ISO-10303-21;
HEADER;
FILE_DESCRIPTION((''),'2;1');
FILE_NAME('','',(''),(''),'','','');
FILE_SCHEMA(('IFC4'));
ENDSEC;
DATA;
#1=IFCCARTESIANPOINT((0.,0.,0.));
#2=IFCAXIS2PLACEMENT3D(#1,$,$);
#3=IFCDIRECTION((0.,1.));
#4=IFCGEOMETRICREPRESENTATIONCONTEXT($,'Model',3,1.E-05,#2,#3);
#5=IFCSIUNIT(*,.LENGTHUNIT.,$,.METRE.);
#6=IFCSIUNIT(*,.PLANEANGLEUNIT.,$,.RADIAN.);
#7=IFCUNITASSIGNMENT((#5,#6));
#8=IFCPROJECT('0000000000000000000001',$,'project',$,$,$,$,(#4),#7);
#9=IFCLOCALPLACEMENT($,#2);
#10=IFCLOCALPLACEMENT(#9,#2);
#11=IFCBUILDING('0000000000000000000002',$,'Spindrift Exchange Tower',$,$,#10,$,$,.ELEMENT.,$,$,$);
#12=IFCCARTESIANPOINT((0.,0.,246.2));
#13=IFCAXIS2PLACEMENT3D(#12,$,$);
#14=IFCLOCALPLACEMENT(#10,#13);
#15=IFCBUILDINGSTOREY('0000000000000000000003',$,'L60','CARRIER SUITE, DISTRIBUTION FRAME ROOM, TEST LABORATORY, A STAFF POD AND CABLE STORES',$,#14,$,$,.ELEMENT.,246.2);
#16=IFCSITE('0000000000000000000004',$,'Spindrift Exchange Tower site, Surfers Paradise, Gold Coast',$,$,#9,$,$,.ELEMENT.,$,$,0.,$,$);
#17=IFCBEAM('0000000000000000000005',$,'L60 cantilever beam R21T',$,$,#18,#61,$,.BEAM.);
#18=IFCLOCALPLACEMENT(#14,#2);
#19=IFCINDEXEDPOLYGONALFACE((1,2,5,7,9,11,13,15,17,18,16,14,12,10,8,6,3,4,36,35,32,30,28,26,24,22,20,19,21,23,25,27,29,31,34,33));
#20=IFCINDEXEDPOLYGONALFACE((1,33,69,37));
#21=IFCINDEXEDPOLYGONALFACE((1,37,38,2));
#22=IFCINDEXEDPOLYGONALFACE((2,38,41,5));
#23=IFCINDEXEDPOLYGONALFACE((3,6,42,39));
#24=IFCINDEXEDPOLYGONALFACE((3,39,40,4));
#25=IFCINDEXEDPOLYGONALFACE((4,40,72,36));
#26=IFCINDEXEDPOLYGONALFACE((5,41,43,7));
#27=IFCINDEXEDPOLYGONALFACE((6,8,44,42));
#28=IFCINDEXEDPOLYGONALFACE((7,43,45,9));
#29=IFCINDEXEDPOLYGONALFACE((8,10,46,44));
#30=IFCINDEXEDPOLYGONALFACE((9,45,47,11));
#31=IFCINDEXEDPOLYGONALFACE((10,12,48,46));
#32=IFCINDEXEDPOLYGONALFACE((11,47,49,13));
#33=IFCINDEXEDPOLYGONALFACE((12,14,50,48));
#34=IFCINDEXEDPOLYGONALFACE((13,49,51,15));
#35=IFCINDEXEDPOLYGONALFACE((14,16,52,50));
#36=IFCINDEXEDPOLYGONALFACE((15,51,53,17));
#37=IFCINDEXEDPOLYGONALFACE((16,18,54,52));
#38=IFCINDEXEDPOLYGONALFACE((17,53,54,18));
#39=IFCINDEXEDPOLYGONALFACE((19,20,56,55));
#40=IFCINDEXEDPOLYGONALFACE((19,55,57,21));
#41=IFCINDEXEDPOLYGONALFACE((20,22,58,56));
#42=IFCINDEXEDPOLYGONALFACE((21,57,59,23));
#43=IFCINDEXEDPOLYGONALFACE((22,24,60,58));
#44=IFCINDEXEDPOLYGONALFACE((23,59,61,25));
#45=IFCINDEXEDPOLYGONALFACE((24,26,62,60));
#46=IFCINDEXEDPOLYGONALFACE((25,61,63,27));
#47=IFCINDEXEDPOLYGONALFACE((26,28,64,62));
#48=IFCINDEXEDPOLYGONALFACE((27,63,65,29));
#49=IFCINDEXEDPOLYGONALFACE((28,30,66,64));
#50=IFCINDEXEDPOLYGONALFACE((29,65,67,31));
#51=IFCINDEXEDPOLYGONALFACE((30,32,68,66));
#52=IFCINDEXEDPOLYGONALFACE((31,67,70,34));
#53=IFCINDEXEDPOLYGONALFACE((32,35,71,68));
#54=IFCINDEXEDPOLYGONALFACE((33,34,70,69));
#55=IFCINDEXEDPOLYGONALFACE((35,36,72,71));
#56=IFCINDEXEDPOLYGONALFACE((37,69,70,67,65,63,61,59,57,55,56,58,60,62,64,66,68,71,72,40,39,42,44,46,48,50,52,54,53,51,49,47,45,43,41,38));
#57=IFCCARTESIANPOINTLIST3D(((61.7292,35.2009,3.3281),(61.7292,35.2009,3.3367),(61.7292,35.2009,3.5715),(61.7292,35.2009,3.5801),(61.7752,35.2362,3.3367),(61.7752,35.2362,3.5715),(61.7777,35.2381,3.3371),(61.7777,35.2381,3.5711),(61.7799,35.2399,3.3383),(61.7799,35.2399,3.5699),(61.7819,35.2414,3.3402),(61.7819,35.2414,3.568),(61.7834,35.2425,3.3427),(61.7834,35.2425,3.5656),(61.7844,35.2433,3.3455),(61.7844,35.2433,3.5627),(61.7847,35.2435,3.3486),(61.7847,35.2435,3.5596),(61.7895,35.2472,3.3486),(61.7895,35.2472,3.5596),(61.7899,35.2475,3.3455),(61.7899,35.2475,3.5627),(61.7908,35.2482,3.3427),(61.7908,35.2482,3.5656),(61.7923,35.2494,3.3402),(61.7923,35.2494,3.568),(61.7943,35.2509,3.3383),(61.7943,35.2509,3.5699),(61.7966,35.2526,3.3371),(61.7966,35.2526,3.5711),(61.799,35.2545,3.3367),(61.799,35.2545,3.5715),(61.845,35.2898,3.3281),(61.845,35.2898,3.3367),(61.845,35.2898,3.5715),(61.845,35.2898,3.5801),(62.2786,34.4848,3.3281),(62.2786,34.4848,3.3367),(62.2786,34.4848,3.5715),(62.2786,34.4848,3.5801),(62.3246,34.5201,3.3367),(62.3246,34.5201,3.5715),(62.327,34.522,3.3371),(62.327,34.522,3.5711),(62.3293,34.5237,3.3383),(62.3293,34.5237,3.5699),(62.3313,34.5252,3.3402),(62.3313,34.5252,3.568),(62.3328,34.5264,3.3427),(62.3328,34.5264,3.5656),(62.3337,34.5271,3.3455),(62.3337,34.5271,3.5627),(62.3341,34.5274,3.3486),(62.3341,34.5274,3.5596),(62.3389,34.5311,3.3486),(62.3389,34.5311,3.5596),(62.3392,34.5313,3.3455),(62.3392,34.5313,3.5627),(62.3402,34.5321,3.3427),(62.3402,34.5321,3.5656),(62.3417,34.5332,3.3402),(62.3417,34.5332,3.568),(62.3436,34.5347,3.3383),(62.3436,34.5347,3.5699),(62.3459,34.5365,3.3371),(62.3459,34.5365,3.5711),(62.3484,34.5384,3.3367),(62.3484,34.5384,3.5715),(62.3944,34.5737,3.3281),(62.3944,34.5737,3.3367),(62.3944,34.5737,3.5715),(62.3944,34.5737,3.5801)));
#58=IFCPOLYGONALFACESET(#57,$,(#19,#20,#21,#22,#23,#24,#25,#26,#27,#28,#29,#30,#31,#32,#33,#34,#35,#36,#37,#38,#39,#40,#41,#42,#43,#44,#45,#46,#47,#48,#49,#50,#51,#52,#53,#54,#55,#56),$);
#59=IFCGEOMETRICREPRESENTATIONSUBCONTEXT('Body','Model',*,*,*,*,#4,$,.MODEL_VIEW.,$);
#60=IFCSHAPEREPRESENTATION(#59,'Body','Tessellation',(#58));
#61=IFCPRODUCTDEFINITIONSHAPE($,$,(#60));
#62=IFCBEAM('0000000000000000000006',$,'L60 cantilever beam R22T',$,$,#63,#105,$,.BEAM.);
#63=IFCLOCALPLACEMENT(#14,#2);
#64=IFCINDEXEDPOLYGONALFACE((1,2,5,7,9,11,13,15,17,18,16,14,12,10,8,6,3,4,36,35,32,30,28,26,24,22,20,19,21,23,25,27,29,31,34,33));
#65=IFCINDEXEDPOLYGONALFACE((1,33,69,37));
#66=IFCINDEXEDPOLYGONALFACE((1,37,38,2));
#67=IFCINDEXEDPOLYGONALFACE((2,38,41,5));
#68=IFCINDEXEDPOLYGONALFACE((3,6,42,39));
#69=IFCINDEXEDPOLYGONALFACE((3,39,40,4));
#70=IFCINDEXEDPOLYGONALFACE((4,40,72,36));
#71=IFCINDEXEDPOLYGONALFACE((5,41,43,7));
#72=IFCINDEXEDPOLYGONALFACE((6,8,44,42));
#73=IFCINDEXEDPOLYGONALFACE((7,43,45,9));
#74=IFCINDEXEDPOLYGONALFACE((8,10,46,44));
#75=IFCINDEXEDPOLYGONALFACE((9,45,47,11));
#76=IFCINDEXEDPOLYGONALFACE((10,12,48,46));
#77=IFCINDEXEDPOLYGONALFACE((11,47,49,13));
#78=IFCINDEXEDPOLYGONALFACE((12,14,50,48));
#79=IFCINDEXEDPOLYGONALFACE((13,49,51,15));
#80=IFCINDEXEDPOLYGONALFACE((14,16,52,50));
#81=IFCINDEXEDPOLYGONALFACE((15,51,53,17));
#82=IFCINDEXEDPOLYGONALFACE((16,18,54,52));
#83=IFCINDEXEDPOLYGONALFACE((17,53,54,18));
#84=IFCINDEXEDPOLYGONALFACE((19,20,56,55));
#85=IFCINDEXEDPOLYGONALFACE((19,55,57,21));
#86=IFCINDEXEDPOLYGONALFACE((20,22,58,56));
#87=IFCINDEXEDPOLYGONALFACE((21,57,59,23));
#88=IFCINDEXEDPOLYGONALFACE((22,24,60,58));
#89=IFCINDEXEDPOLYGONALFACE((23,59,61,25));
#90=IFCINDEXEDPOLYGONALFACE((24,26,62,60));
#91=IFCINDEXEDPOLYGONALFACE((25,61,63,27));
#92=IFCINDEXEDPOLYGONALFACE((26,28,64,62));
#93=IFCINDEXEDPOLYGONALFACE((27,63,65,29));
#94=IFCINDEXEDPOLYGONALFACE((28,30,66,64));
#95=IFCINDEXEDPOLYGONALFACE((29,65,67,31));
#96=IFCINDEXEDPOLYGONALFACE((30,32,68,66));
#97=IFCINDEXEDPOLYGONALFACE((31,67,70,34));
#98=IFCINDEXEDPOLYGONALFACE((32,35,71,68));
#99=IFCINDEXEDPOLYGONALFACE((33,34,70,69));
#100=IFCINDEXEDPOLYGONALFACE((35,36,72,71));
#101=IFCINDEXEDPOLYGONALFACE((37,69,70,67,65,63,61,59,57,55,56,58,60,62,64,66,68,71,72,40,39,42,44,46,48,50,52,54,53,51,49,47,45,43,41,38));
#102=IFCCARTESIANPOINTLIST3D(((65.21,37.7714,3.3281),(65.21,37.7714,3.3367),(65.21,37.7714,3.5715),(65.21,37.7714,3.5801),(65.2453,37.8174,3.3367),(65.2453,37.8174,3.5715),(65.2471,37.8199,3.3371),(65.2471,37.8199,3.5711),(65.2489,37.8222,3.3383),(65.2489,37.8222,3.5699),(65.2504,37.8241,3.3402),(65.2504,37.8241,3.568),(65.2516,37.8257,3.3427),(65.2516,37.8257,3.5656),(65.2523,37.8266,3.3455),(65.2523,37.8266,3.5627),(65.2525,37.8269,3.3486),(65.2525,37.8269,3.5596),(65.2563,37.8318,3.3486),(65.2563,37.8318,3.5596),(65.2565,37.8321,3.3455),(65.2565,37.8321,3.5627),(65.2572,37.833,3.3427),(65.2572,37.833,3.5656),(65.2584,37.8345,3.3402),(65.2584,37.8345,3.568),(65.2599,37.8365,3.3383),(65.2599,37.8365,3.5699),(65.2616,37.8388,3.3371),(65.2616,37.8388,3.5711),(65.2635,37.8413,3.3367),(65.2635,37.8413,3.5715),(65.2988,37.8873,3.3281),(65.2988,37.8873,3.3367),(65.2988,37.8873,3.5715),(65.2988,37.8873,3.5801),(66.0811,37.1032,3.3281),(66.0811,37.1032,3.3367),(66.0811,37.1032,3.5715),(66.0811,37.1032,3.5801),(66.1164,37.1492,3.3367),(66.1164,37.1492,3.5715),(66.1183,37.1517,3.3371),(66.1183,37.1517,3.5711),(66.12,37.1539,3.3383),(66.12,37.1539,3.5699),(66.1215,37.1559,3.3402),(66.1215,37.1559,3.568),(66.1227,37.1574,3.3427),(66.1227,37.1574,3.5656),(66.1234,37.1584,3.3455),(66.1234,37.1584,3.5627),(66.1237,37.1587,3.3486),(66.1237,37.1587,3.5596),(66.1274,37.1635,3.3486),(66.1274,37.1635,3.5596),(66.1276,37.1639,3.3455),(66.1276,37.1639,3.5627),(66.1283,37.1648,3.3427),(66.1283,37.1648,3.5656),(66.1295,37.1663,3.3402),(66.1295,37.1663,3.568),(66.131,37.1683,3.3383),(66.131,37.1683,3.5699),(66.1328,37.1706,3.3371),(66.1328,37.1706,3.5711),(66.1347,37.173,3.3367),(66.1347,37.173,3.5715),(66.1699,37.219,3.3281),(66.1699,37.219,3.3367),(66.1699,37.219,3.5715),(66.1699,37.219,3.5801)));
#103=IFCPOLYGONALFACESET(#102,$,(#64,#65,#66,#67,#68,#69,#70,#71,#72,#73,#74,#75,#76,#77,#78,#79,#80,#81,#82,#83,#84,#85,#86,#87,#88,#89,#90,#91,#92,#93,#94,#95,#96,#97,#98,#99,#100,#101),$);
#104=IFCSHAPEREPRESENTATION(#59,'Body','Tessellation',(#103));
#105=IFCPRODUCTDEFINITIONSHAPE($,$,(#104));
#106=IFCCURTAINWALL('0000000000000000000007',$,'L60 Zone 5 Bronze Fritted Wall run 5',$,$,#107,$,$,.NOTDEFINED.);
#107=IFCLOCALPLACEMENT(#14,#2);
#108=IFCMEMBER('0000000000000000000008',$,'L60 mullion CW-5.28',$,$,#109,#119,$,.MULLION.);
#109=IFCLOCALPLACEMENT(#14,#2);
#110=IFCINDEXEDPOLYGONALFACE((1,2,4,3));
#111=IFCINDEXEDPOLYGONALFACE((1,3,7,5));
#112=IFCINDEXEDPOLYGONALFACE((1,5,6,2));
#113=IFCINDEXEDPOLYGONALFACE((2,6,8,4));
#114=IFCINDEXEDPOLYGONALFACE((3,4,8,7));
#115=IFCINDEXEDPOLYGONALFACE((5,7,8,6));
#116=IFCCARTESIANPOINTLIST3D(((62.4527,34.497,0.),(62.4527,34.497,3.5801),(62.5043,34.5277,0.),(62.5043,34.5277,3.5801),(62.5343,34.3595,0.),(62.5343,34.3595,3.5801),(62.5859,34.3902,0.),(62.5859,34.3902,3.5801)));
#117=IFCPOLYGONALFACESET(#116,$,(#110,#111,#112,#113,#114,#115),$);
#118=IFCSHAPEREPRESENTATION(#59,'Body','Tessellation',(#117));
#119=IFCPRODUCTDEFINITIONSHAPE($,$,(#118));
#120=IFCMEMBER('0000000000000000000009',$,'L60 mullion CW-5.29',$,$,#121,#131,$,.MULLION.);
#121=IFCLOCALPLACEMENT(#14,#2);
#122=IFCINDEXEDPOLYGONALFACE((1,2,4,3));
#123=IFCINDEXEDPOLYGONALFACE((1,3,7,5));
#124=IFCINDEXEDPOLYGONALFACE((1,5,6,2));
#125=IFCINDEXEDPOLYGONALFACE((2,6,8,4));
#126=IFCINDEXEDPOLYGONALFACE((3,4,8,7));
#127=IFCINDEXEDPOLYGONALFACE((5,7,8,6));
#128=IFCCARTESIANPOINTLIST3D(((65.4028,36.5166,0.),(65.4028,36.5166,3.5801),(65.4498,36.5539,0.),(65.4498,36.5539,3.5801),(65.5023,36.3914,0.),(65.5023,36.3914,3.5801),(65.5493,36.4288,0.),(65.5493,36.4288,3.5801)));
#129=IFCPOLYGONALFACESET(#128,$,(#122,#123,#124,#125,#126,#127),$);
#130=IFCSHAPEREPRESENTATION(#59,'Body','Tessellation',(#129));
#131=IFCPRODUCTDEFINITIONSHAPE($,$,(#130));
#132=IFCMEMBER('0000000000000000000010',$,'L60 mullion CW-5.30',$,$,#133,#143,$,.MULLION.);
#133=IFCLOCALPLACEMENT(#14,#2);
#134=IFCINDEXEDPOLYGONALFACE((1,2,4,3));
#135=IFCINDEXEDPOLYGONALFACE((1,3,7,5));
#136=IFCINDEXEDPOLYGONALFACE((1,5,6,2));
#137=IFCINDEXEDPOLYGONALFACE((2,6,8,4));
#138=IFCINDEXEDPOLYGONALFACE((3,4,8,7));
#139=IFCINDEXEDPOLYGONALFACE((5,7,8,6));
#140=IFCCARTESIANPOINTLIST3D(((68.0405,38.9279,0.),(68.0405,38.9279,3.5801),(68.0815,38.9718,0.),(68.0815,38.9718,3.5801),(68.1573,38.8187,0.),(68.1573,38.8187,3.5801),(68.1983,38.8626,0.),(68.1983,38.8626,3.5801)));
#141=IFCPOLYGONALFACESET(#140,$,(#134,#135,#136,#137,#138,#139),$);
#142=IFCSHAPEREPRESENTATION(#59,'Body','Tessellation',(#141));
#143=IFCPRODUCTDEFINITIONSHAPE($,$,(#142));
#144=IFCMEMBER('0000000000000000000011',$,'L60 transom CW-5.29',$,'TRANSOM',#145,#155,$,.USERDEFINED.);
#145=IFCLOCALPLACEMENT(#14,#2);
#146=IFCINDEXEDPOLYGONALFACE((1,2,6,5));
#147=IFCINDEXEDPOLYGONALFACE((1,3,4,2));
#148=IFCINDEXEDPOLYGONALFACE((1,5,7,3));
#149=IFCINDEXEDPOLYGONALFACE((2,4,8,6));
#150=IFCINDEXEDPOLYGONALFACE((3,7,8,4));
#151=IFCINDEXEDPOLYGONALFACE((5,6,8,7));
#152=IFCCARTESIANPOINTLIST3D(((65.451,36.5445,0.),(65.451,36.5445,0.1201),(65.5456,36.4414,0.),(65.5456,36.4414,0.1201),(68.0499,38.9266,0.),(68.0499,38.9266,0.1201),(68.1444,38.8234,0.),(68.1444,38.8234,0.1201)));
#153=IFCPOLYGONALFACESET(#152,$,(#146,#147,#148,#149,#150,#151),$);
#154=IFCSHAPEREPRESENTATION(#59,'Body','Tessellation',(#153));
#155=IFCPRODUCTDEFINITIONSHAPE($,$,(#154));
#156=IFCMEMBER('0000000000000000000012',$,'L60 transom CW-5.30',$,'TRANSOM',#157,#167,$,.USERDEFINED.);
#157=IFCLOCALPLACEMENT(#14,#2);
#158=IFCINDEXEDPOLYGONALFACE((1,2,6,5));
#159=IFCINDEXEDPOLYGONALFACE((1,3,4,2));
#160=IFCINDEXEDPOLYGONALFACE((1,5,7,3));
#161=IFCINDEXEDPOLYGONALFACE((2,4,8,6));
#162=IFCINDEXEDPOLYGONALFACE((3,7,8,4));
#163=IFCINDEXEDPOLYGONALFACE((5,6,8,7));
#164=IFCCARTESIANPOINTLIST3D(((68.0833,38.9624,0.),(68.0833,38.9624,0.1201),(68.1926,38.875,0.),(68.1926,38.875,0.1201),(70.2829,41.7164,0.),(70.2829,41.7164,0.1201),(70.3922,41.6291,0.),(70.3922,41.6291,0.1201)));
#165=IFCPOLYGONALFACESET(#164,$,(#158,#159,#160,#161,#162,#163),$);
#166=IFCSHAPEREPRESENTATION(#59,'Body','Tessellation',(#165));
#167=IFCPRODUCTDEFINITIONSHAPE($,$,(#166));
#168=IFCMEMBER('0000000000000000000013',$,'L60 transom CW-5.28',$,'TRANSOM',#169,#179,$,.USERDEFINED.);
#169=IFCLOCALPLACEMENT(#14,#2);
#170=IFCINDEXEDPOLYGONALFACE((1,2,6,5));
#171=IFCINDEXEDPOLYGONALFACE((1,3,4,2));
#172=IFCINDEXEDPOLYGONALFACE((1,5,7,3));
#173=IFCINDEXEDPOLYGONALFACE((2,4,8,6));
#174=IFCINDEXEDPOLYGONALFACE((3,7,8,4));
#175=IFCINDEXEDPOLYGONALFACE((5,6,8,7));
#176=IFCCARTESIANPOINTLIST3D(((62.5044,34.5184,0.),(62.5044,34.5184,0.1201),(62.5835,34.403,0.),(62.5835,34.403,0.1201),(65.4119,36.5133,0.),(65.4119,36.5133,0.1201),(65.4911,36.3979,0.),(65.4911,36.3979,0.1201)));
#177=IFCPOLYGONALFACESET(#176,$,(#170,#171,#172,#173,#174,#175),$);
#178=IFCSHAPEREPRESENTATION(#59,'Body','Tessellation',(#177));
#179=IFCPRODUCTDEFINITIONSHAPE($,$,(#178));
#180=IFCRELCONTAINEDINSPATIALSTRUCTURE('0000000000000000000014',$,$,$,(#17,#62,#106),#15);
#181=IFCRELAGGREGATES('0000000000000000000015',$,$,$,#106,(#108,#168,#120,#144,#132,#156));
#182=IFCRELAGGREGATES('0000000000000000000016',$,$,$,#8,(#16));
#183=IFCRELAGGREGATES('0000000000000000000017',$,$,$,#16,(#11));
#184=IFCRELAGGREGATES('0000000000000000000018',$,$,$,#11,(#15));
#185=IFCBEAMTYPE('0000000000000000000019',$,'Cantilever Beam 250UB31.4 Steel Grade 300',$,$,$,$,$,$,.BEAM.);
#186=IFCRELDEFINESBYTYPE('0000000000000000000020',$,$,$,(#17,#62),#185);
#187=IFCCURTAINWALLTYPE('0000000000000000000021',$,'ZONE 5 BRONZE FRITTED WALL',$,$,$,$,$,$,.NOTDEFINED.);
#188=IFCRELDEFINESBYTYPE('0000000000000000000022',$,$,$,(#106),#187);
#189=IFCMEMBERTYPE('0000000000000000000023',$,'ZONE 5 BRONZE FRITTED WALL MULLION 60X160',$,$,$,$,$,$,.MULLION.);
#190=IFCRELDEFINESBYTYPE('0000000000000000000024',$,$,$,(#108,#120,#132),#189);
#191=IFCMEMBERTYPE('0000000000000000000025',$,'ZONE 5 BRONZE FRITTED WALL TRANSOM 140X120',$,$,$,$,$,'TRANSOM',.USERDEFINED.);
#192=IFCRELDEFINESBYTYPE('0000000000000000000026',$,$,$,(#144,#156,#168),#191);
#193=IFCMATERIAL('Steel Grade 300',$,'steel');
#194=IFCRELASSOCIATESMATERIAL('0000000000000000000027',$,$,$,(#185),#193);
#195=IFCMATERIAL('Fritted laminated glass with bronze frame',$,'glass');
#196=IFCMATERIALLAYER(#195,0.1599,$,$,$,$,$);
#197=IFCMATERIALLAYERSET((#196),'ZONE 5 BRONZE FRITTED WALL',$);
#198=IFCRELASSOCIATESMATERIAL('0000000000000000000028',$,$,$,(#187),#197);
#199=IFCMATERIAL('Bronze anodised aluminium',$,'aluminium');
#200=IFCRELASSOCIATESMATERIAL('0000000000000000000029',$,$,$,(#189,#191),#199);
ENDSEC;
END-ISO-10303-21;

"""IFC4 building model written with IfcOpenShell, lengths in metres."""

from ifc_helpers import new_model, si_unit, direction, frame, origin, origin_2d, place, context, subcontext, project, spatial, rectangle, i_section, extrude, source, transform, mapped, material, layer, layer_set, material_profile, profile_set, type_object, element, aggregate, save


model = new_model("IFC4")

# Units and contexts
model_context = context("Model", 3, precision=1e-05, world=origin(), true_north=direction((0.0, 1.0)))
body_context = subcontext(model_context, "Body", "Model", "MODEL_VIEW")
ifc_project = project(units=[si_unit("LENGTHUNIT", "METRE"), si_unit("PLANEANGLEUNIT", "RADIAN")], contexts=[model_context])

# Site, building, storey
site_placement = place(None, origin())
site = spatial("IfcSite", under=ifc_project, at=site_placement, Name="Spindrift Exchange Tower site, Surfers Paradise, Gold Coast", CompositionType="ELEMENT", RefElevation=0.0)
building_placement = place(site_placement, origin())
building = spatial("IfcBuilding", under=site, at=building_placement, Name="Spindrift Exchange Tower", CompositionType="ELEMENT")
storey_placement = place(building_placement, frame((0.0, 0.0, 246.2)))
storey = spatial("IfcBuildingStorey", under=building, at=storey_placement, Name="L60", Description="CARRIER SUITE, DISTRIBUTION FRAME ROOM, TEST LABORATORY, A STAFF POD AND CABLE STORES", CompositionType="ELEMENT", Elevation=246.2)

# Beams
ifc_material_1 = material(Name="Steel Grade 300", Category="steel")
ifc_material_profile_1 = material_profile(ifc_material_1, i_section(OverallWidth=0.146, OverallDepth=0.252, WebThickness=0.0061, FlangeThickness=0.0085, FilletRadius=0.012, at=origin_2d()), Name="250UB31.4")
ifc_profile_set_1 = profile_set([ifc_material_profile_1], Name="Steel Grade 300")
beam_type_1 = type_object("IfcBeamType", Name="Cantilever Beam 250UB31.4 Steel Grade 300", PredefinedType="BEAM", material=ifc_profile_set_1)
shared_shape_1 = source(origin(), body_context, "Body", "SweptSolid", [
    extrude(i_section(OverallWidth=0.146, OverallDepth=0.252, WebThickness=0.0061, FlangeThickness=0.0085, FilletRadius=0.012, at=origin_2d()), origin(), (0.0, 0.0, 1.0), 0.9026),
])
beam_1_placement = place(storey_placement, frame((61.7871, 35.2454, 3.4541), z_axis=(0.608664, -0.793428, 0.0), x_axis=(0.793428, 0.608664, 0.0)))
element("IfcBeam", 1, at=beam_1_placement, inside=storey, type_object=beam_type_1, Name="L60 cantilever beam R21T", PredefinedType="BEAM", context=body_context, shape_type="MappedRepresentation", body=[
    mapped(shared_shape_1, transform((0.0, 0.0, 0.0), scale=1.0)),
])
shared_shape_2 = source(origin(), body_context, "Body", "SweptSolid", [
    extrude(i_section(OverallWidth=0.146, OverallDepth=0.252, WebThickness=0.0061, FlangeThickness=0.0085, FilletRadius=0.012, at=origin_2d()), origin(), (0.0, 0.0, 1.0), 1.0979),
])
beam_2_placement = place(storey_placement, frame((65.2544, 37.8293, 3.4541), z_axis=(0.793442, -0.608646, 0.0), x_axis=(0.608646, 0.793442, 0.0)))
element("IfcBeam", 2, at=beam_2_placement, inside=storey, type_object=beam_type_1, Name="L60 cantilever beam R22T", PredefinedType="BEAM", context=body_context, shape_type="MappedRepresentation", body=[
    mapped(shared_shape_2, transform((0.0, 0.0, 0.0), scale=1.0)),
])

# Curtain wall, members
ifc_material_2 = material(Name="Fritted laminated glass with bronze frame", Category="glass")
ifc_layer_1 = layer(ifc_material_2, 0.1599)
ifc_layer_set_1 = layer_set([ifc_layer_1], Name="ZONE 5 BRONZE FRITTED WALL")
curtain_wall_type = type_object("IfcCurtainWallType", Name="ZONE 5 BRONZE FRITTED WALL", PredefinedType="NOTDEFINED", material=ifc_layer_set_1)
curtain_wall_placement = place(storey_placement, origin())
curtain_wall = element("IfcCurtainWall", 3, at=curtain_wall_placement, inside=storey, type_object=curtain_wall_type, Name="L60 Zone 5 Bronze Fritted Wall run 5", PredefinedType="NOTDEFINED")
ifc_material_3 = material(Name="Bronze anodised aluminium", Category="aluminium")
ifc_material_profile_2 = material_profile(ifc_material_3, rectangle(XDim=0.0601, YDim=0.1599, at=origin_2d()), Name="ZONE 5 BRONZE FRITTED WALL MULLION 60X160")
ifc_profile_set_2 = profile_set([ifc_material_profile_2], Name="Bronze anodised aluminium")
member_type_1 = type_object("IfcMemberType", Name="ZONE 5 BRONZE FRITTED WALL MULLION 60X160", PredefinedType="MULLION", material=ifc_profile_set_2)
shared_shape_3 = source(origin(), body_context, "Body", "SweptSolid", [
    extrude(rectangle(XDim=0.0601, YDim=0.1599, at=origin_2d()), origin(), (0.0, 0.0, 1.0), 3.5801),
])
member_1_placement = place(storey_placement, frame((62.5193, 34.4436, 0.0), z_axis=(0.0, 0.0, 1.0), x_axis=(0.859912, 0.510442, 0.0)))
member_1 = element("IfcMember", 4, at=member_1_placement, type_object=member_type_1, Name="L60 mullion CW-5.28", PredefinedType="MULLION", context=body_context, shape_type="MappedRepresentation", body=[
    mapped(shared_shape_3, transform((0.0, 0.0, 0.0), scale=1.0)),
])
member_2_placement = place(storey_placement, frame((65.4761, 36.4727, 0.0), z_axis=(0.0, 0.0, 1.0), x_axis=(0.782792, 0.622284, 0.0)))
member_2 = element("IfcMember", 5, at=member_2_placement, type_object=member_type_1, Name="L60 mullion CW-5.29", PredefinedType="MULLION", context=body_context, shape_type="MappedRepresentation", body=[
    mapped(shared_shape_3, transform((0.0, 0.0, 0.0), scale=1.0)),
])
member_3_placement = place(storey_placement, frame((68.1194, 38.8953, 0.0), z_axis=(0.0, 0.0, 1.0), x_axis=(0.682674, 0.730723, 0.0)))
member_3 = element("IfcMember", 6, at=member_3_placement, type_object=member_type_1, Name="L60 mullion CW-5.30", PredefinedType="MULLION", context=body_context, shape_type="MappedRepresentation", body=[
    mapped(shared_shape_3, transform((0.0, 0.0, 0.0), scale=1.0)),
])
ifc_material_profile_3 = material_profile(ifc_material_3, rectangle(XDim=0.1399, YDim=0.1201, at=origin_2d()), Name="ZONE 5 BRONZE FRITTED WALL TRANSOM 140X120")
ifc_profile_set_3 = profile_set([ifc_material_profile_3], Name="Bronze anodised aluminium")
member_type_2 = type_object("IfcMemberType", Name="ZONE 5 BRONZE FRITTED WALL TRANSOM 140X120", ElementType="TRANSOM", PredefinedType="USERDEFINED", material=ifc_profile_set_3)
shared_shape_4 = source(origin(), body_context, "Body", "SweptSolid", [
    extrude(rectangle(XDim=0.1399, YDim=0.1201, at=origin_2d()), origin(), (0.0, 0.0, 1.0), 3.5254),
])
member_4_placement = place(storey_placement, frame((65.4983, 36.4929, 0.0601), z_axis=(0.737186, 0.67569, 0.0), x_axis=(-0.67569, 0.737186, 0.0)))
member_4 = element("IfcMember", 7, at=member_4_placement, type_object=member_type_2, Name="L60 transom CW-5.29", ObjectType="TRANSOM", PredefinedType="USERDEFINED", context=body_context, shape_type="MappedRepresentation", body=[
    mapped(shared_shape_4, transform((0.0, 0.0, 0.0), scale=1.0)),
])
shared_shape_5 = source(origin(), body_context, "Body", "SweptSolid", [
    extrude(rectangle(XDim=0.1399, YDim=0.1201, at=origin_2d()), origin(), (0.0, 0.0, 1.0), 3.5247),
])
member_5_placement = place(storey_placement, frame((68.1379, 38.9187, 0.0601), z_axis=(0.62407, 0.781369, 0.0), x_axis=(-0.781369, 0.62407, 0.0)))
member_5 = element("IfcMember", 8, at=member_5_placement, type_object=member_type_2, Name="L60 transom CW-5.30", ObjectType="TRANSOM", PredefinedType="USERDEFINED", context=body_context, shape_type="MappedRepresentation", body=[
    mapped(shared_shape_5, transform((0.0, 0.0, 0.0), scale=1.0)),
])
shared_shape_6 = source(origin(), body_context, "Body", "SweptSolid", [
    extrude(rectangle(XDim=0.1399, YDim=0.1201, at=origin_2d()), origin(), (0.0, 0.0, 1.0), 3.5261),
])
member_6_placement = place(storey_placement, frame((62.5439, 34.4607, 0.0601), z_axis=(0.824573, 0.565756, 0.0), x_axis=(-0.565756, 0.824573, 0.0)))
member_6 = element("IfcMember", 9, at=member_6_placement, type_object=member_type_2, Name="L60 transom CW-5.28", ObjectType="TRANSOM", PredefinedType="USERDEFINED", context=body_context, shape_type="MappedRepresentation", body=[
    mapped(shared_shape_6, transform((0.0, 0.0, 0.0), scale=1.0)),
])
aggregate(curtain_wall, [member_1, member_6, member_2, member_4, member_3, member_5])

save(model, "model.ifc")
